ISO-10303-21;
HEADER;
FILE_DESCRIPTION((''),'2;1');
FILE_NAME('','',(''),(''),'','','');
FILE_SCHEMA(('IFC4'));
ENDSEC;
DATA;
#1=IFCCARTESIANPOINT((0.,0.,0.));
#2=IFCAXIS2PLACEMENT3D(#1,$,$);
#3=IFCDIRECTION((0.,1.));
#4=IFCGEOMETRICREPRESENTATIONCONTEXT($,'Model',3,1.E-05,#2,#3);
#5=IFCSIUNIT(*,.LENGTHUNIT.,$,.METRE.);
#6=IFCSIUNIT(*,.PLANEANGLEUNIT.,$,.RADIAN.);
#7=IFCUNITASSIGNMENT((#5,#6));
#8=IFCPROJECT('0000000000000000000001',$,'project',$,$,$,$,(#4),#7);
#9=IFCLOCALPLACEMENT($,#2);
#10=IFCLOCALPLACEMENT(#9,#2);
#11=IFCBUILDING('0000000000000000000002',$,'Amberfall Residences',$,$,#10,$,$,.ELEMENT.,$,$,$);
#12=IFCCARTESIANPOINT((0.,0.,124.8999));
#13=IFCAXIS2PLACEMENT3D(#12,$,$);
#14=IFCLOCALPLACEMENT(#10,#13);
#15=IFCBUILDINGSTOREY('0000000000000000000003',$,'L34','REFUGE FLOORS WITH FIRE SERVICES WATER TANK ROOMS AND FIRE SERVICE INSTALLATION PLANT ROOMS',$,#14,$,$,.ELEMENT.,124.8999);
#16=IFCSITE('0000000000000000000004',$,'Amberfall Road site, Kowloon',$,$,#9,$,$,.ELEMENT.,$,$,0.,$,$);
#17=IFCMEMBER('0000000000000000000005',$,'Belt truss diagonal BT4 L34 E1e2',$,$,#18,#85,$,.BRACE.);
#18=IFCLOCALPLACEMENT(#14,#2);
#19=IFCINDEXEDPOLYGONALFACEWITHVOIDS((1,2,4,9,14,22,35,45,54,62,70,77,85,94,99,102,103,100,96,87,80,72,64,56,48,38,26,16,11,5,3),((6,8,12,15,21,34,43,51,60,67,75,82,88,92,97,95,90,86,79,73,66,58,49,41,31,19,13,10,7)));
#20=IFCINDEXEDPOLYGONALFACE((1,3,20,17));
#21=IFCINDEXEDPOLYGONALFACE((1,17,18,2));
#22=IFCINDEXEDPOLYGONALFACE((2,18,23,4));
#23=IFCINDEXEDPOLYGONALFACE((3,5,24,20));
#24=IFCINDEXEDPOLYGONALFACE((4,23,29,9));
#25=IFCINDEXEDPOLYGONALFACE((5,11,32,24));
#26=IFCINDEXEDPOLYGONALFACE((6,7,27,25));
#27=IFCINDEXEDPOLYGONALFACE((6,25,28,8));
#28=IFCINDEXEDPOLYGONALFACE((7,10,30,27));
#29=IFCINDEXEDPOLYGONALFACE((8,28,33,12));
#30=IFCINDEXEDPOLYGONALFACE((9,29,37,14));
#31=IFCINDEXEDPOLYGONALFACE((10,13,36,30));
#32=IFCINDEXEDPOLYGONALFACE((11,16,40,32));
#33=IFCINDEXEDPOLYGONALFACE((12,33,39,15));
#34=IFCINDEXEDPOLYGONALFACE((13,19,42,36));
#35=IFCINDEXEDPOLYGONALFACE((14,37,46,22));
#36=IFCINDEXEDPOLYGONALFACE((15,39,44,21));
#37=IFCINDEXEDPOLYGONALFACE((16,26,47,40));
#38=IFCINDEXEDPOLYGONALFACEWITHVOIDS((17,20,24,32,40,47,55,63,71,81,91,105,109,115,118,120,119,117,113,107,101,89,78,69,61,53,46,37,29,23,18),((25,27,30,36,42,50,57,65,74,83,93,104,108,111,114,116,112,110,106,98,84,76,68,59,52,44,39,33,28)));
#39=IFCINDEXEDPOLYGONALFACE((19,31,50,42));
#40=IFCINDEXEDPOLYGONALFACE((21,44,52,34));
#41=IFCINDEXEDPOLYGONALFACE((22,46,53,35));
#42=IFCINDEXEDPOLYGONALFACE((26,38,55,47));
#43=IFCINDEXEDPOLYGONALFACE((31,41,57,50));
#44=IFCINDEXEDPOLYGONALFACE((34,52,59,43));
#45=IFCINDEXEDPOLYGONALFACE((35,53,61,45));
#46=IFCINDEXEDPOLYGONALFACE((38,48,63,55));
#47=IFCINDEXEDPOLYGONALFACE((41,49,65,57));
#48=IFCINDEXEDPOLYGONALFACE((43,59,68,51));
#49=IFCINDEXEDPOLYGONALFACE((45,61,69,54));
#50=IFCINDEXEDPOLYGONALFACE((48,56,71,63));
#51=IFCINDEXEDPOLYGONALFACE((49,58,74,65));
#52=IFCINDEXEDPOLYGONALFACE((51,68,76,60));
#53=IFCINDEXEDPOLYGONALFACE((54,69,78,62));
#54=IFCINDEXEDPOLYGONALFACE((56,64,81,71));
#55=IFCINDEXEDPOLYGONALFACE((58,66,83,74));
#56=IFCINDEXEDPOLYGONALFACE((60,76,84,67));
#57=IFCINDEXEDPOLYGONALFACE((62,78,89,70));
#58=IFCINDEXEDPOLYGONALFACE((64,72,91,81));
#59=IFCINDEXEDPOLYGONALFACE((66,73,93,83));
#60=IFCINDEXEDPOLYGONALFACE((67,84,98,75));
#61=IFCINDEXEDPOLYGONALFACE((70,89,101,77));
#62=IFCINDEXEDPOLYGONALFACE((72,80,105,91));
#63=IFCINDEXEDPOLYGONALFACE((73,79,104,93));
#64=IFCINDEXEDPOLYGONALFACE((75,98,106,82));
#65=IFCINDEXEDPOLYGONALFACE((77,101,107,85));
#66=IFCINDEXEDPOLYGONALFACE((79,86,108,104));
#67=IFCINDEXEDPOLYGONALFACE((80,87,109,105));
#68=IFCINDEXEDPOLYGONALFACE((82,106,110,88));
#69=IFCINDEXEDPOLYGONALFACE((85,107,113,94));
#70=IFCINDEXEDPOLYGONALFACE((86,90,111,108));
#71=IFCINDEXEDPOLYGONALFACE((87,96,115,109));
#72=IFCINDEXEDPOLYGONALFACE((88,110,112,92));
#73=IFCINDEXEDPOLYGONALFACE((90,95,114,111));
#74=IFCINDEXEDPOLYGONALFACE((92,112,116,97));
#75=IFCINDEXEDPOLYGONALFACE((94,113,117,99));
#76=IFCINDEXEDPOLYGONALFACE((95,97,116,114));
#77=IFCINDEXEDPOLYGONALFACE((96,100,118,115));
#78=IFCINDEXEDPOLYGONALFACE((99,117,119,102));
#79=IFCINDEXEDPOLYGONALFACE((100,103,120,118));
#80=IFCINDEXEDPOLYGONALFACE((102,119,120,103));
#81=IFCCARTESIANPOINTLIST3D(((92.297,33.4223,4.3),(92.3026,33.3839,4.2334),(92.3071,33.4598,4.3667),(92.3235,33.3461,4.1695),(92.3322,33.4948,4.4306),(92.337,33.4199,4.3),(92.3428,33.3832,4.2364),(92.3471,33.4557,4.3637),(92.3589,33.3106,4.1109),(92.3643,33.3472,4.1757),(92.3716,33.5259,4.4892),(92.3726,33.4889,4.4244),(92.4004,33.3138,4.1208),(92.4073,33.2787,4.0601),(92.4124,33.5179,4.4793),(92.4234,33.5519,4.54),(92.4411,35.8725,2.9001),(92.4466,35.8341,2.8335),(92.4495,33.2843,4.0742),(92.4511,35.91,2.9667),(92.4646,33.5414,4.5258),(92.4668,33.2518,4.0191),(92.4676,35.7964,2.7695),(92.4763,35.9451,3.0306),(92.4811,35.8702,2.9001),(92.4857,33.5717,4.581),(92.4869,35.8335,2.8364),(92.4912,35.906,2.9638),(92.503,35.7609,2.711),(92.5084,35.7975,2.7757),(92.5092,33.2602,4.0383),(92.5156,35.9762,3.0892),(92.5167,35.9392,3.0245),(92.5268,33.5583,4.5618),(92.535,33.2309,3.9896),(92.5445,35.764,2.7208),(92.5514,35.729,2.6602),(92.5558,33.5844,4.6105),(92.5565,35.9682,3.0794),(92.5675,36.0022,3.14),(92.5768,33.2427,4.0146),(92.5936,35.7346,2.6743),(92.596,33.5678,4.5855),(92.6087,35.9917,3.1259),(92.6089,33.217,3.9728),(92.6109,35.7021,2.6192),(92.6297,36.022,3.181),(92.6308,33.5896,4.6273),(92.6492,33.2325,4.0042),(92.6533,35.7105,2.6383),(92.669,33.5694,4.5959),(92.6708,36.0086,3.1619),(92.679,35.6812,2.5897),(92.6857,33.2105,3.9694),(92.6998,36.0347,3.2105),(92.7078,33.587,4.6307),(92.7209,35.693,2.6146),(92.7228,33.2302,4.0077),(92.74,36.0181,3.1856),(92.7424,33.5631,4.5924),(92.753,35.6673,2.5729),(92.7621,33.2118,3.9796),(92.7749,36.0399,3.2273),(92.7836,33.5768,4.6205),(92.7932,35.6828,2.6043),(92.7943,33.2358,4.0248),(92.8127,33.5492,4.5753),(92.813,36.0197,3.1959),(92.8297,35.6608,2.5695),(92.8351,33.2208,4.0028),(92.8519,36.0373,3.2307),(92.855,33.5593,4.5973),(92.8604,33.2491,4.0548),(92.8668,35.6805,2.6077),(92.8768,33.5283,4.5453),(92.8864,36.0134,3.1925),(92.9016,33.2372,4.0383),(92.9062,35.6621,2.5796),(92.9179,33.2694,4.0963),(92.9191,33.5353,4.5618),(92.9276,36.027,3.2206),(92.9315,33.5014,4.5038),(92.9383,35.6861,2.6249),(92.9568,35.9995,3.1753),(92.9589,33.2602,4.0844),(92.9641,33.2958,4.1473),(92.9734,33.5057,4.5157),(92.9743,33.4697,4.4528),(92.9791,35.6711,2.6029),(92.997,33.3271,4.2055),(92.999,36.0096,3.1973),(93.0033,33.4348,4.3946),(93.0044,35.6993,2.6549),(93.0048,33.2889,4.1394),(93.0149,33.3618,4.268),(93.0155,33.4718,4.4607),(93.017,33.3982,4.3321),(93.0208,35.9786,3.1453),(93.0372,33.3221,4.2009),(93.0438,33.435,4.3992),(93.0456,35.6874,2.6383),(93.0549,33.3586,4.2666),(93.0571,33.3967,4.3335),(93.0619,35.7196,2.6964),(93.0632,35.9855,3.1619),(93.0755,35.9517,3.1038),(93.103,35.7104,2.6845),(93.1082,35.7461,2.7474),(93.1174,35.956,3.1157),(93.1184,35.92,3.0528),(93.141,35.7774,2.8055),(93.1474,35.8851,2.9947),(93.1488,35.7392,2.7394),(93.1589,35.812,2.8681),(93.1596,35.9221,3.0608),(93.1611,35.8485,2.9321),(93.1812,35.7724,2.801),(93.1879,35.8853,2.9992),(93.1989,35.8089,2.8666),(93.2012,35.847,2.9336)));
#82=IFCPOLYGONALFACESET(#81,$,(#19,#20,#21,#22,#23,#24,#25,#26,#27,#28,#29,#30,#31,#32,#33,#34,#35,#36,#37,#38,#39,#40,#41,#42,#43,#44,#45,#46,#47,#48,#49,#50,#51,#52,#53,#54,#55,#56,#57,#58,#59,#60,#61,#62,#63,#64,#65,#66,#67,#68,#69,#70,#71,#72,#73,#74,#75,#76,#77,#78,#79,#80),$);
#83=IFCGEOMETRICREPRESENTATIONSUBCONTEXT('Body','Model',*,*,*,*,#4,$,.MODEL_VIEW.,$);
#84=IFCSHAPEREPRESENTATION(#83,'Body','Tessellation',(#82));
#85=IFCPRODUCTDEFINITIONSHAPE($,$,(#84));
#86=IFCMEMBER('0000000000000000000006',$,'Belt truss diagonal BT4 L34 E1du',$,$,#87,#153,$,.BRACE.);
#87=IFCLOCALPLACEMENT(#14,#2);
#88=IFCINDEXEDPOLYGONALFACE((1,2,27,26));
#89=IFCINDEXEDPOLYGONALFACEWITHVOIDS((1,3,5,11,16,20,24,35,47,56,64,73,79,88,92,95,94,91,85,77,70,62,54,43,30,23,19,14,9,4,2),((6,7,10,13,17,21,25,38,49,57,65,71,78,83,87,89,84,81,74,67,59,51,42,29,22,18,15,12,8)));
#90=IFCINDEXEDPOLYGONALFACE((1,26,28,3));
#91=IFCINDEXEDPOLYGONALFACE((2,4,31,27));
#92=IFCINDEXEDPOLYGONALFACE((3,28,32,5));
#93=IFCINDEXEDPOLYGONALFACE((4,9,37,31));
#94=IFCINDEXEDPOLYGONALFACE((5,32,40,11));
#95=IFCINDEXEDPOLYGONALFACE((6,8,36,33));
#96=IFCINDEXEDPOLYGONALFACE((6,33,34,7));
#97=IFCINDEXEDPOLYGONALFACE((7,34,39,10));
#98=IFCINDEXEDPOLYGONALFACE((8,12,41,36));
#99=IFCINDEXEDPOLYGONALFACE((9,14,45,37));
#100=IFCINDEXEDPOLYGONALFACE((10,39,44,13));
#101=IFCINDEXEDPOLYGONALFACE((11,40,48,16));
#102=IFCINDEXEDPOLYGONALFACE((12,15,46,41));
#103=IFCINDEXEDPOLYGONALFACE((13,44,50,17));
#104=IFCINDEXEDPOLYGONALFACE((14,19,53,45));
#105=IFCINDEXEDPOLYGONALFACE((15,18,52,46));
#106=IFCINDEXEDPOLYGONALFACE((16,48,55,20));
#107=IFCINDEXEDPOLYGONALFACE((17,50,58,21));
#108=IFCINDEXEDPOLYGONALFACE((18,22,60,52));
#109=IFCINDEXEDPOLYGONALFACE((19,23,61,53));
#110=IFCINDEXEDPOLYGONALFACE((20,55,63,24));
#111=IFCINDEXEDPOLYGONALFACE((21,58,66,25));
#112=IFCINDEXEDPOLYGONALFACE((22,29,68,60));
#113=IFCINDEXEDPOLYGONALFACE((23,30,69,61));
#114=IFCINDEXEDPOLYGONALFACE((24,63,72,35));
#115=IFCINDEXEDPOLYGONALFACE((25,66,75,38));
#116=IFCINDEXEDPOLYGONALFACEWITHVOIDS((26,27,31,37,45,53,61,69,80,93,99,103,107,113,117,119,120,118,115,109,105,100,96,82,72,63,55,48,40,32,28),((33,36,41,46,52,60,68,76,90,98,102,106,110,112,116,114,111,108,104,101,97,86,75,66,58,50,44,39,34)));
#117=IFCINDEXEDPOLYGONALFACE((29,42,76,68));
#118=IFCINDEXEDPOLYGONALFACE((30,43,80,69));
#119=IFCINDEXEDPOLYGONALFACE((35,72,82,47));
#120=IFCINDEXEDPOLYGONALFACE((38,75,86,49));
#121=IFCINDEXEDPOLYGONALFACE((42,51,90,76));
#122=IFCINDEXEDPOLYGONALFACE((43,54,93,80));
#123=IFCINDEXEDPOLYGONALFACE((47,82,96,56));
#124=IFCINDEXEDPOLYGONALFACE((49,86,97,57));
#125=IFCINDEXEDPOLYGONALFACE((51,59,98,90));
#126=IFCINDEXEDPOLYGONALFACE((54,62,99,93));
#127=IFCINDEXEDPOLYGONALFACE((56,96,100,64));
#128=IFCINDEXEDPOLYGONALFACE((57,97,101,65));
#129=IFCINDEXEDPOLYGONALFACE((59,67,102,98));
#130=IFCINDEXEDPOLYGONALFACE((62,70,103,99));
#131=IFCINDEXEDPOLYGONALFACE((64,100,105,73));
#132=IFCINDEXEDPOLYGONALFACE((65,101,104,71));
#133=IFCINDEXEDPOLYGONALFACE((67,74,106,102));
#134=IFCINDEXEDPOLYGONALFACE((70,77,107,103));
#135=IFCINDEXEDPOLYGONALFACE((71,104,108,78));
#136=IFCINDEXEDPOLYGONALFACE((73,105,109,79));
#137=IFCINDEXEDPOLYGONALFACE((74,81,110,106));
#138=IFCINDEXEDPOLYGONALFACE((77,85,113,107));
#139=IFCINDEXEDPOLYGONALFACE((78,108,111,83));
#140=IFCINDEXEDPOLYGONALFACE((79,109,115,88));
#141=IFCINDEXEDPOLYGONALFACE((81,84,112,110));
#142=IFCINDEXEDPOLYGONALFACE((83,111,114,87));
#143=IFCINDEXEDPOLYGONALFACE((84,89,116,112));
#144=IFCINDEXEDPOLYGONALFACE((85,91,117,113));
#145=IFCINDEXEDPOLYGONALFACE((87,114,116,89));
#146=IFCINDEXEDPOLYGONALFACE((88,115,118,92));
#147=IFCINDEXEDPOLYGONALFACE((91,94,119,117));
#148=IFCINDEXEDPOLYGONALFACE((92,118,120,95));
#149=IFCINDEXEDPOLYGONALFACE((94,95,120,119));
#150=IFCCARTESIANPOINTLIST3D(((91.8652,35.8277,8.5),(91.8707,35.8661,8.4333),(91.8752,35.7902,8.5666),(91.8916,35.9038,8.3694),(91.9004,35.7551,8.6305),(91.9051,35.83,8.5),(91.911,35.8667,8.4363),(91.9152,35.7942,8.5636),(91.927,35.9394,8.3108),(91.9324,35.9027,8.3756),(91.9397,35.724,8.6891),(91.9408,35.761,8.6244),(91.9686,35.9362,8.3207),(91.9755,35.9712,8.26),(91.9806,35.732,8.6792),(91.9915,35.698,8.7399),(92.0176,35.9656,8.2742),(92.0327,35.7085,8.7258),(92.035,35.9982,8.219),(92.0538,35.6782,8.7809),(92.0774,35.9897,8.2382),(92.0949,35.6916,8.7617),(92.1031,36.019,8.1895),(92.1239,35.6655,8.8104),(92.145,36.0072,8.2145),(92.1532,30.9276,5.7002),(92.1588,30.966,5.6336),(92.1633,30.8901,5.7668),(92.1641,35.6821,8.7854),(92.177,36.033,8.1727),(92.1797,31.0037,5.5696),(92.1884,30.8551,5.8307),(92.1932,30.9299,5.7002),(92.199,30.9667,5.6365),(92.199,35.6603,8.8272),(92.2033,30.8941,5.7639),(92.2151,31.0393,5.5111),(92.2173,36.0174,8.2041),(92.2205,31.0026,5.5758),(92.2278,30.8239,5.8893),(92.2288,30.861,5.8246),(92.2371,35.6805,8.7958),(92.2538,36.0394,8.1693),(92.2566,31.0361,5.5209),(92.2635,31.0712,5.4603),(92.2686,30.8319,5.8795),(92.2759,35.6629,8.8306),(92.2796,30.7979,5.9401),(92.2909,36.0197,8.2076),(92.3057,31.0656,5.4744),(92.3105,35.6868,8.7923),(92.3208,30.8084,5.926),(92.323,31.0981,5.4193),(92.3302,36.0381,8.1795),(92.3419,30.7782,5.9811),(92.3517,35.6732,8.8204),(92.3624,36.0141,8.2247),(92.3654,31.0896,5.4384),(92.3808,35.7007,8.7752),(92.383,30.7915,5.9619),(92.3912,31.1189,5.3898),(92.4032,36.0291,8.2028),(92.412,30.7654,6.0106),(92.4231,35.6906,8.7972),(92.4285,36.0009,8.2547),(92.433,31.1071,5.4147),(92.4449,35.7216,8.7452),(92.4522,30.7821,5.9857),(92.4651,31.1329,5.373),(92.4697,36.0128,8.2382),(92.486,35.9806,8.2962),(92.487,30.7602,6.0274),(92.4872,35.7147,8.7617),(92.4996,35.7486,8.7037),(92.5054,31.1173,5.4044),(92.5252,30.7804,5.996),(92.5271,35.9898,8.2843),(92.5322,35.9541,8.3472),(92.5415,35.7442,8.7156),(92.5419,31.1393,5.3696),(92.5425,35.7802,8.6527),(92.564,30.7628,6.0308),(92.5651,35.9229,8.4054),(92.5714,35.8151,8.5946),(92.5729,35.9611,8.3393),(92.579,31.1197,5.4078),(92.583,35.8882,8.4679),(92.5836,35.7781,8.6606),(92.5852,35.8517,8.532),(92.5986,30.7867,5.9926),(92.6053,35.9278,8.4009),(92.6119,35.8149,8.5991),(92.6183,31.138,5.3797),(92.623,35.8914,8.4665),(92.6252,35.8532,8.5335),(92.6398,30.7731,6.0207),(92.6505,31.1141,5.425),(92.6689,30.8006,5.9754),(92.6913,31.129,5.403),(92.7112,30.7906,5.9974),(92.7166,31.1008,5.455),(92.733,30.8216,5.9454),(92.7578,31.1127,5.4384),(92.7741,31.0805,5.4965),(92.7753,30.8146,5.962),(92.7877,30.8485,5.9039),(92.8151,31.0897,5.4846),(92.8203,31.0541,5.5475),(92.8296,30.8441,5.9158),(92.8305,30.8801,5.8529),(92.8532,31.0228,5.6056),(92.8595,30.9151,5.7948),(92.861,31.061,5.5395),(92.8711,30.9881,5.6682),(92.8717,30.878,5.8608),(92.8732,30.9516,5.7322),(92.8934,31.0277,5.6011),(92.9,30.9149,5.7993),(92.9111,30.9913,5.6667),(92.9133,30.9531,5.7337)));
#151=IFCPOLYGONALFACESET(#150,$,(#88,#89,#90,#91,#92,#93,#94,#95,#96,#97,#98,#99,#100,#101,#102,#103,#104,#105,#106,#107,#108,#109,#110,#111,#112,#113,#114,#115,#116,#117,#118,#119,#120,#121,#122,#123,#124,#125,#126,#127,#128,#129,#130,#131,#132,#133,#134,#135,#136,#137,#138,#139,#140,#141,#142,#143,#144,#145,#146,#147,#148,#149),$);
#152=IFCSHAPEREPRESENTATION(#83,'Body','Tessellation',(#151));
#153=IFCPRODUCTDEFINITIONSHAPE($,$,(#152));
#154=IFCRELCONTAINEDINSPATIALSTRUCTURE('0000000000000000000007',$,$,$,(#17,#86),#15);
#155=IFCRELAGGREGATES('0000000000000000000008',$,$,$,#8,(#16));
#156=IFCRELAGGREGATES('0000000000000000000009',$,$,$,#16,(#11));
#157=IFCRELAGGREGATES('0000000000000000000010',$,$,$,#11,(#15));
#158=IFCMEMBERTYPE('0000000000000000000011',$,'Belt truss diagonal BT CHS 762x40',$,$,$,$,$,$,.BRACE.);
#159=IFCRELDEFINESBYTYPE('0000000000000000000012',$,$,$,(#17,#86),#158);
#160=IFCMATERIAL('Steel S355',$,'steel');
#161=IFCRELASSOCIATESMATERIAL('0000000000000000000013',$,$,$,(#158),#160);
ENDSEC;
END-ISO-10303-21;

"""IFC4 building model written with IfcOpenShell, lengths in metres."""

from ifc_helpers import new_model, si_unit, direction, frame, origin, origin_2d, place, context, subcontext, project, spatial, hollow_circle, extrude, material, material_profile, profile_set, type_object, element, save


model = new_model("IFC4")

# Units and contexts
model_context = context("Model", 3, precision=1e-05, world=origin(), true_north=direction((0.0, 1.0)))
body_context = subcontext(model_context, "Body", "Model", "MODEL_VIEW")
ifc_project = project(units=[si_unit("LENGTHUNIT", "METRE"), si_unit("PLANEANGLEUNIT", "RADIAN")], contexts=[model_context])

# Site, building, storey
site_placement = place(None, origin())
site = spatial("IfcSite", under=ifc_project, at=site_placement, Name="Amberfall Road site, Kowloon", CompositionType="ELEMENT", RefElevation=0.0)
building_placement = place(site_placement, origin())
building = spatial("IfcBuilding", under=site, at=building_placement, Name="Amberfall Residences", CompositionType="ELEMENT")
storey_placement = place(building_placement, frame((0.0, 0.0, 124.8999)))
storey = spatial("IfcBuildingStorey", under=building, at=storey_placement, Name="L34", Description="REFUGE FLOORS WITH FIRE SERVICES WATER TANK ROOMS AND FIRE SERVICE INSTALLATION PLANT ROOMS", CompositionType="ELEMENT", Elevation=124.8999)

# Shared definitions
ifc_material_1 = material(Name="Steel S355", Category="steel")

# Members
ifc_material_profile_1 = material_profile(ifc_material_1, hollow_circle(Radius=0.3811, WallThickness=0.04, at=origin_2d()), Name="CHS 762x40")
ifc_profile_set_1 = profile_set([ifc_material_profile_1], Name="Steel S355")
member_type = type_object("IfcMemberType", Name="Belt truss diagonal BT CHS 762x40", PredefinedType="BRACE", material=ifc_profile_set_1)
member_1_placement = place(storey_placement, frame((92.6775, 33.3999, 4.3), z_axis=(0.050978, 0.867146, -0.495438), x_axis=(-0.998276, 0.058687, 0.0)))
element("IfcMember", 1, at=member_1_placement, inside=storey, type_object=member_type, Name="Belt truss diagonal BT4 L34 E1e2", PredefinedType="BRACE", context=body_context, shape_type="SweptSolid", body=[
    extrude(hollow_circle(Radius=0.3811, WallThickness=0.04, at=origin_2d()), origin(), (0.0, 0.0, 1.0), 2.8257),
])
member_2_placement = place(storey_placement, frame((92.5337, 30.95, 5.7002), z_axis=(-0.05098, 0.867135, 0.495457), x_axis=(-0.998276, -0.05869, 0.0)))
element("IfcMember", 2, at=member_2_placement, inside=storey, type_object=member_type, Name="Belt truss diagonal BT4 L34 E1du", PredefinedType="BRACE", context=body_context, shape_type="SweptSolid", body=[
    extrude(hollow_circle(Radius=0.3811, WallThickness=0.04, at=origin_2d()), origin(), (0.0, 0.0, 1.0), 5.6509),
])

save(model, "model.ifc")
